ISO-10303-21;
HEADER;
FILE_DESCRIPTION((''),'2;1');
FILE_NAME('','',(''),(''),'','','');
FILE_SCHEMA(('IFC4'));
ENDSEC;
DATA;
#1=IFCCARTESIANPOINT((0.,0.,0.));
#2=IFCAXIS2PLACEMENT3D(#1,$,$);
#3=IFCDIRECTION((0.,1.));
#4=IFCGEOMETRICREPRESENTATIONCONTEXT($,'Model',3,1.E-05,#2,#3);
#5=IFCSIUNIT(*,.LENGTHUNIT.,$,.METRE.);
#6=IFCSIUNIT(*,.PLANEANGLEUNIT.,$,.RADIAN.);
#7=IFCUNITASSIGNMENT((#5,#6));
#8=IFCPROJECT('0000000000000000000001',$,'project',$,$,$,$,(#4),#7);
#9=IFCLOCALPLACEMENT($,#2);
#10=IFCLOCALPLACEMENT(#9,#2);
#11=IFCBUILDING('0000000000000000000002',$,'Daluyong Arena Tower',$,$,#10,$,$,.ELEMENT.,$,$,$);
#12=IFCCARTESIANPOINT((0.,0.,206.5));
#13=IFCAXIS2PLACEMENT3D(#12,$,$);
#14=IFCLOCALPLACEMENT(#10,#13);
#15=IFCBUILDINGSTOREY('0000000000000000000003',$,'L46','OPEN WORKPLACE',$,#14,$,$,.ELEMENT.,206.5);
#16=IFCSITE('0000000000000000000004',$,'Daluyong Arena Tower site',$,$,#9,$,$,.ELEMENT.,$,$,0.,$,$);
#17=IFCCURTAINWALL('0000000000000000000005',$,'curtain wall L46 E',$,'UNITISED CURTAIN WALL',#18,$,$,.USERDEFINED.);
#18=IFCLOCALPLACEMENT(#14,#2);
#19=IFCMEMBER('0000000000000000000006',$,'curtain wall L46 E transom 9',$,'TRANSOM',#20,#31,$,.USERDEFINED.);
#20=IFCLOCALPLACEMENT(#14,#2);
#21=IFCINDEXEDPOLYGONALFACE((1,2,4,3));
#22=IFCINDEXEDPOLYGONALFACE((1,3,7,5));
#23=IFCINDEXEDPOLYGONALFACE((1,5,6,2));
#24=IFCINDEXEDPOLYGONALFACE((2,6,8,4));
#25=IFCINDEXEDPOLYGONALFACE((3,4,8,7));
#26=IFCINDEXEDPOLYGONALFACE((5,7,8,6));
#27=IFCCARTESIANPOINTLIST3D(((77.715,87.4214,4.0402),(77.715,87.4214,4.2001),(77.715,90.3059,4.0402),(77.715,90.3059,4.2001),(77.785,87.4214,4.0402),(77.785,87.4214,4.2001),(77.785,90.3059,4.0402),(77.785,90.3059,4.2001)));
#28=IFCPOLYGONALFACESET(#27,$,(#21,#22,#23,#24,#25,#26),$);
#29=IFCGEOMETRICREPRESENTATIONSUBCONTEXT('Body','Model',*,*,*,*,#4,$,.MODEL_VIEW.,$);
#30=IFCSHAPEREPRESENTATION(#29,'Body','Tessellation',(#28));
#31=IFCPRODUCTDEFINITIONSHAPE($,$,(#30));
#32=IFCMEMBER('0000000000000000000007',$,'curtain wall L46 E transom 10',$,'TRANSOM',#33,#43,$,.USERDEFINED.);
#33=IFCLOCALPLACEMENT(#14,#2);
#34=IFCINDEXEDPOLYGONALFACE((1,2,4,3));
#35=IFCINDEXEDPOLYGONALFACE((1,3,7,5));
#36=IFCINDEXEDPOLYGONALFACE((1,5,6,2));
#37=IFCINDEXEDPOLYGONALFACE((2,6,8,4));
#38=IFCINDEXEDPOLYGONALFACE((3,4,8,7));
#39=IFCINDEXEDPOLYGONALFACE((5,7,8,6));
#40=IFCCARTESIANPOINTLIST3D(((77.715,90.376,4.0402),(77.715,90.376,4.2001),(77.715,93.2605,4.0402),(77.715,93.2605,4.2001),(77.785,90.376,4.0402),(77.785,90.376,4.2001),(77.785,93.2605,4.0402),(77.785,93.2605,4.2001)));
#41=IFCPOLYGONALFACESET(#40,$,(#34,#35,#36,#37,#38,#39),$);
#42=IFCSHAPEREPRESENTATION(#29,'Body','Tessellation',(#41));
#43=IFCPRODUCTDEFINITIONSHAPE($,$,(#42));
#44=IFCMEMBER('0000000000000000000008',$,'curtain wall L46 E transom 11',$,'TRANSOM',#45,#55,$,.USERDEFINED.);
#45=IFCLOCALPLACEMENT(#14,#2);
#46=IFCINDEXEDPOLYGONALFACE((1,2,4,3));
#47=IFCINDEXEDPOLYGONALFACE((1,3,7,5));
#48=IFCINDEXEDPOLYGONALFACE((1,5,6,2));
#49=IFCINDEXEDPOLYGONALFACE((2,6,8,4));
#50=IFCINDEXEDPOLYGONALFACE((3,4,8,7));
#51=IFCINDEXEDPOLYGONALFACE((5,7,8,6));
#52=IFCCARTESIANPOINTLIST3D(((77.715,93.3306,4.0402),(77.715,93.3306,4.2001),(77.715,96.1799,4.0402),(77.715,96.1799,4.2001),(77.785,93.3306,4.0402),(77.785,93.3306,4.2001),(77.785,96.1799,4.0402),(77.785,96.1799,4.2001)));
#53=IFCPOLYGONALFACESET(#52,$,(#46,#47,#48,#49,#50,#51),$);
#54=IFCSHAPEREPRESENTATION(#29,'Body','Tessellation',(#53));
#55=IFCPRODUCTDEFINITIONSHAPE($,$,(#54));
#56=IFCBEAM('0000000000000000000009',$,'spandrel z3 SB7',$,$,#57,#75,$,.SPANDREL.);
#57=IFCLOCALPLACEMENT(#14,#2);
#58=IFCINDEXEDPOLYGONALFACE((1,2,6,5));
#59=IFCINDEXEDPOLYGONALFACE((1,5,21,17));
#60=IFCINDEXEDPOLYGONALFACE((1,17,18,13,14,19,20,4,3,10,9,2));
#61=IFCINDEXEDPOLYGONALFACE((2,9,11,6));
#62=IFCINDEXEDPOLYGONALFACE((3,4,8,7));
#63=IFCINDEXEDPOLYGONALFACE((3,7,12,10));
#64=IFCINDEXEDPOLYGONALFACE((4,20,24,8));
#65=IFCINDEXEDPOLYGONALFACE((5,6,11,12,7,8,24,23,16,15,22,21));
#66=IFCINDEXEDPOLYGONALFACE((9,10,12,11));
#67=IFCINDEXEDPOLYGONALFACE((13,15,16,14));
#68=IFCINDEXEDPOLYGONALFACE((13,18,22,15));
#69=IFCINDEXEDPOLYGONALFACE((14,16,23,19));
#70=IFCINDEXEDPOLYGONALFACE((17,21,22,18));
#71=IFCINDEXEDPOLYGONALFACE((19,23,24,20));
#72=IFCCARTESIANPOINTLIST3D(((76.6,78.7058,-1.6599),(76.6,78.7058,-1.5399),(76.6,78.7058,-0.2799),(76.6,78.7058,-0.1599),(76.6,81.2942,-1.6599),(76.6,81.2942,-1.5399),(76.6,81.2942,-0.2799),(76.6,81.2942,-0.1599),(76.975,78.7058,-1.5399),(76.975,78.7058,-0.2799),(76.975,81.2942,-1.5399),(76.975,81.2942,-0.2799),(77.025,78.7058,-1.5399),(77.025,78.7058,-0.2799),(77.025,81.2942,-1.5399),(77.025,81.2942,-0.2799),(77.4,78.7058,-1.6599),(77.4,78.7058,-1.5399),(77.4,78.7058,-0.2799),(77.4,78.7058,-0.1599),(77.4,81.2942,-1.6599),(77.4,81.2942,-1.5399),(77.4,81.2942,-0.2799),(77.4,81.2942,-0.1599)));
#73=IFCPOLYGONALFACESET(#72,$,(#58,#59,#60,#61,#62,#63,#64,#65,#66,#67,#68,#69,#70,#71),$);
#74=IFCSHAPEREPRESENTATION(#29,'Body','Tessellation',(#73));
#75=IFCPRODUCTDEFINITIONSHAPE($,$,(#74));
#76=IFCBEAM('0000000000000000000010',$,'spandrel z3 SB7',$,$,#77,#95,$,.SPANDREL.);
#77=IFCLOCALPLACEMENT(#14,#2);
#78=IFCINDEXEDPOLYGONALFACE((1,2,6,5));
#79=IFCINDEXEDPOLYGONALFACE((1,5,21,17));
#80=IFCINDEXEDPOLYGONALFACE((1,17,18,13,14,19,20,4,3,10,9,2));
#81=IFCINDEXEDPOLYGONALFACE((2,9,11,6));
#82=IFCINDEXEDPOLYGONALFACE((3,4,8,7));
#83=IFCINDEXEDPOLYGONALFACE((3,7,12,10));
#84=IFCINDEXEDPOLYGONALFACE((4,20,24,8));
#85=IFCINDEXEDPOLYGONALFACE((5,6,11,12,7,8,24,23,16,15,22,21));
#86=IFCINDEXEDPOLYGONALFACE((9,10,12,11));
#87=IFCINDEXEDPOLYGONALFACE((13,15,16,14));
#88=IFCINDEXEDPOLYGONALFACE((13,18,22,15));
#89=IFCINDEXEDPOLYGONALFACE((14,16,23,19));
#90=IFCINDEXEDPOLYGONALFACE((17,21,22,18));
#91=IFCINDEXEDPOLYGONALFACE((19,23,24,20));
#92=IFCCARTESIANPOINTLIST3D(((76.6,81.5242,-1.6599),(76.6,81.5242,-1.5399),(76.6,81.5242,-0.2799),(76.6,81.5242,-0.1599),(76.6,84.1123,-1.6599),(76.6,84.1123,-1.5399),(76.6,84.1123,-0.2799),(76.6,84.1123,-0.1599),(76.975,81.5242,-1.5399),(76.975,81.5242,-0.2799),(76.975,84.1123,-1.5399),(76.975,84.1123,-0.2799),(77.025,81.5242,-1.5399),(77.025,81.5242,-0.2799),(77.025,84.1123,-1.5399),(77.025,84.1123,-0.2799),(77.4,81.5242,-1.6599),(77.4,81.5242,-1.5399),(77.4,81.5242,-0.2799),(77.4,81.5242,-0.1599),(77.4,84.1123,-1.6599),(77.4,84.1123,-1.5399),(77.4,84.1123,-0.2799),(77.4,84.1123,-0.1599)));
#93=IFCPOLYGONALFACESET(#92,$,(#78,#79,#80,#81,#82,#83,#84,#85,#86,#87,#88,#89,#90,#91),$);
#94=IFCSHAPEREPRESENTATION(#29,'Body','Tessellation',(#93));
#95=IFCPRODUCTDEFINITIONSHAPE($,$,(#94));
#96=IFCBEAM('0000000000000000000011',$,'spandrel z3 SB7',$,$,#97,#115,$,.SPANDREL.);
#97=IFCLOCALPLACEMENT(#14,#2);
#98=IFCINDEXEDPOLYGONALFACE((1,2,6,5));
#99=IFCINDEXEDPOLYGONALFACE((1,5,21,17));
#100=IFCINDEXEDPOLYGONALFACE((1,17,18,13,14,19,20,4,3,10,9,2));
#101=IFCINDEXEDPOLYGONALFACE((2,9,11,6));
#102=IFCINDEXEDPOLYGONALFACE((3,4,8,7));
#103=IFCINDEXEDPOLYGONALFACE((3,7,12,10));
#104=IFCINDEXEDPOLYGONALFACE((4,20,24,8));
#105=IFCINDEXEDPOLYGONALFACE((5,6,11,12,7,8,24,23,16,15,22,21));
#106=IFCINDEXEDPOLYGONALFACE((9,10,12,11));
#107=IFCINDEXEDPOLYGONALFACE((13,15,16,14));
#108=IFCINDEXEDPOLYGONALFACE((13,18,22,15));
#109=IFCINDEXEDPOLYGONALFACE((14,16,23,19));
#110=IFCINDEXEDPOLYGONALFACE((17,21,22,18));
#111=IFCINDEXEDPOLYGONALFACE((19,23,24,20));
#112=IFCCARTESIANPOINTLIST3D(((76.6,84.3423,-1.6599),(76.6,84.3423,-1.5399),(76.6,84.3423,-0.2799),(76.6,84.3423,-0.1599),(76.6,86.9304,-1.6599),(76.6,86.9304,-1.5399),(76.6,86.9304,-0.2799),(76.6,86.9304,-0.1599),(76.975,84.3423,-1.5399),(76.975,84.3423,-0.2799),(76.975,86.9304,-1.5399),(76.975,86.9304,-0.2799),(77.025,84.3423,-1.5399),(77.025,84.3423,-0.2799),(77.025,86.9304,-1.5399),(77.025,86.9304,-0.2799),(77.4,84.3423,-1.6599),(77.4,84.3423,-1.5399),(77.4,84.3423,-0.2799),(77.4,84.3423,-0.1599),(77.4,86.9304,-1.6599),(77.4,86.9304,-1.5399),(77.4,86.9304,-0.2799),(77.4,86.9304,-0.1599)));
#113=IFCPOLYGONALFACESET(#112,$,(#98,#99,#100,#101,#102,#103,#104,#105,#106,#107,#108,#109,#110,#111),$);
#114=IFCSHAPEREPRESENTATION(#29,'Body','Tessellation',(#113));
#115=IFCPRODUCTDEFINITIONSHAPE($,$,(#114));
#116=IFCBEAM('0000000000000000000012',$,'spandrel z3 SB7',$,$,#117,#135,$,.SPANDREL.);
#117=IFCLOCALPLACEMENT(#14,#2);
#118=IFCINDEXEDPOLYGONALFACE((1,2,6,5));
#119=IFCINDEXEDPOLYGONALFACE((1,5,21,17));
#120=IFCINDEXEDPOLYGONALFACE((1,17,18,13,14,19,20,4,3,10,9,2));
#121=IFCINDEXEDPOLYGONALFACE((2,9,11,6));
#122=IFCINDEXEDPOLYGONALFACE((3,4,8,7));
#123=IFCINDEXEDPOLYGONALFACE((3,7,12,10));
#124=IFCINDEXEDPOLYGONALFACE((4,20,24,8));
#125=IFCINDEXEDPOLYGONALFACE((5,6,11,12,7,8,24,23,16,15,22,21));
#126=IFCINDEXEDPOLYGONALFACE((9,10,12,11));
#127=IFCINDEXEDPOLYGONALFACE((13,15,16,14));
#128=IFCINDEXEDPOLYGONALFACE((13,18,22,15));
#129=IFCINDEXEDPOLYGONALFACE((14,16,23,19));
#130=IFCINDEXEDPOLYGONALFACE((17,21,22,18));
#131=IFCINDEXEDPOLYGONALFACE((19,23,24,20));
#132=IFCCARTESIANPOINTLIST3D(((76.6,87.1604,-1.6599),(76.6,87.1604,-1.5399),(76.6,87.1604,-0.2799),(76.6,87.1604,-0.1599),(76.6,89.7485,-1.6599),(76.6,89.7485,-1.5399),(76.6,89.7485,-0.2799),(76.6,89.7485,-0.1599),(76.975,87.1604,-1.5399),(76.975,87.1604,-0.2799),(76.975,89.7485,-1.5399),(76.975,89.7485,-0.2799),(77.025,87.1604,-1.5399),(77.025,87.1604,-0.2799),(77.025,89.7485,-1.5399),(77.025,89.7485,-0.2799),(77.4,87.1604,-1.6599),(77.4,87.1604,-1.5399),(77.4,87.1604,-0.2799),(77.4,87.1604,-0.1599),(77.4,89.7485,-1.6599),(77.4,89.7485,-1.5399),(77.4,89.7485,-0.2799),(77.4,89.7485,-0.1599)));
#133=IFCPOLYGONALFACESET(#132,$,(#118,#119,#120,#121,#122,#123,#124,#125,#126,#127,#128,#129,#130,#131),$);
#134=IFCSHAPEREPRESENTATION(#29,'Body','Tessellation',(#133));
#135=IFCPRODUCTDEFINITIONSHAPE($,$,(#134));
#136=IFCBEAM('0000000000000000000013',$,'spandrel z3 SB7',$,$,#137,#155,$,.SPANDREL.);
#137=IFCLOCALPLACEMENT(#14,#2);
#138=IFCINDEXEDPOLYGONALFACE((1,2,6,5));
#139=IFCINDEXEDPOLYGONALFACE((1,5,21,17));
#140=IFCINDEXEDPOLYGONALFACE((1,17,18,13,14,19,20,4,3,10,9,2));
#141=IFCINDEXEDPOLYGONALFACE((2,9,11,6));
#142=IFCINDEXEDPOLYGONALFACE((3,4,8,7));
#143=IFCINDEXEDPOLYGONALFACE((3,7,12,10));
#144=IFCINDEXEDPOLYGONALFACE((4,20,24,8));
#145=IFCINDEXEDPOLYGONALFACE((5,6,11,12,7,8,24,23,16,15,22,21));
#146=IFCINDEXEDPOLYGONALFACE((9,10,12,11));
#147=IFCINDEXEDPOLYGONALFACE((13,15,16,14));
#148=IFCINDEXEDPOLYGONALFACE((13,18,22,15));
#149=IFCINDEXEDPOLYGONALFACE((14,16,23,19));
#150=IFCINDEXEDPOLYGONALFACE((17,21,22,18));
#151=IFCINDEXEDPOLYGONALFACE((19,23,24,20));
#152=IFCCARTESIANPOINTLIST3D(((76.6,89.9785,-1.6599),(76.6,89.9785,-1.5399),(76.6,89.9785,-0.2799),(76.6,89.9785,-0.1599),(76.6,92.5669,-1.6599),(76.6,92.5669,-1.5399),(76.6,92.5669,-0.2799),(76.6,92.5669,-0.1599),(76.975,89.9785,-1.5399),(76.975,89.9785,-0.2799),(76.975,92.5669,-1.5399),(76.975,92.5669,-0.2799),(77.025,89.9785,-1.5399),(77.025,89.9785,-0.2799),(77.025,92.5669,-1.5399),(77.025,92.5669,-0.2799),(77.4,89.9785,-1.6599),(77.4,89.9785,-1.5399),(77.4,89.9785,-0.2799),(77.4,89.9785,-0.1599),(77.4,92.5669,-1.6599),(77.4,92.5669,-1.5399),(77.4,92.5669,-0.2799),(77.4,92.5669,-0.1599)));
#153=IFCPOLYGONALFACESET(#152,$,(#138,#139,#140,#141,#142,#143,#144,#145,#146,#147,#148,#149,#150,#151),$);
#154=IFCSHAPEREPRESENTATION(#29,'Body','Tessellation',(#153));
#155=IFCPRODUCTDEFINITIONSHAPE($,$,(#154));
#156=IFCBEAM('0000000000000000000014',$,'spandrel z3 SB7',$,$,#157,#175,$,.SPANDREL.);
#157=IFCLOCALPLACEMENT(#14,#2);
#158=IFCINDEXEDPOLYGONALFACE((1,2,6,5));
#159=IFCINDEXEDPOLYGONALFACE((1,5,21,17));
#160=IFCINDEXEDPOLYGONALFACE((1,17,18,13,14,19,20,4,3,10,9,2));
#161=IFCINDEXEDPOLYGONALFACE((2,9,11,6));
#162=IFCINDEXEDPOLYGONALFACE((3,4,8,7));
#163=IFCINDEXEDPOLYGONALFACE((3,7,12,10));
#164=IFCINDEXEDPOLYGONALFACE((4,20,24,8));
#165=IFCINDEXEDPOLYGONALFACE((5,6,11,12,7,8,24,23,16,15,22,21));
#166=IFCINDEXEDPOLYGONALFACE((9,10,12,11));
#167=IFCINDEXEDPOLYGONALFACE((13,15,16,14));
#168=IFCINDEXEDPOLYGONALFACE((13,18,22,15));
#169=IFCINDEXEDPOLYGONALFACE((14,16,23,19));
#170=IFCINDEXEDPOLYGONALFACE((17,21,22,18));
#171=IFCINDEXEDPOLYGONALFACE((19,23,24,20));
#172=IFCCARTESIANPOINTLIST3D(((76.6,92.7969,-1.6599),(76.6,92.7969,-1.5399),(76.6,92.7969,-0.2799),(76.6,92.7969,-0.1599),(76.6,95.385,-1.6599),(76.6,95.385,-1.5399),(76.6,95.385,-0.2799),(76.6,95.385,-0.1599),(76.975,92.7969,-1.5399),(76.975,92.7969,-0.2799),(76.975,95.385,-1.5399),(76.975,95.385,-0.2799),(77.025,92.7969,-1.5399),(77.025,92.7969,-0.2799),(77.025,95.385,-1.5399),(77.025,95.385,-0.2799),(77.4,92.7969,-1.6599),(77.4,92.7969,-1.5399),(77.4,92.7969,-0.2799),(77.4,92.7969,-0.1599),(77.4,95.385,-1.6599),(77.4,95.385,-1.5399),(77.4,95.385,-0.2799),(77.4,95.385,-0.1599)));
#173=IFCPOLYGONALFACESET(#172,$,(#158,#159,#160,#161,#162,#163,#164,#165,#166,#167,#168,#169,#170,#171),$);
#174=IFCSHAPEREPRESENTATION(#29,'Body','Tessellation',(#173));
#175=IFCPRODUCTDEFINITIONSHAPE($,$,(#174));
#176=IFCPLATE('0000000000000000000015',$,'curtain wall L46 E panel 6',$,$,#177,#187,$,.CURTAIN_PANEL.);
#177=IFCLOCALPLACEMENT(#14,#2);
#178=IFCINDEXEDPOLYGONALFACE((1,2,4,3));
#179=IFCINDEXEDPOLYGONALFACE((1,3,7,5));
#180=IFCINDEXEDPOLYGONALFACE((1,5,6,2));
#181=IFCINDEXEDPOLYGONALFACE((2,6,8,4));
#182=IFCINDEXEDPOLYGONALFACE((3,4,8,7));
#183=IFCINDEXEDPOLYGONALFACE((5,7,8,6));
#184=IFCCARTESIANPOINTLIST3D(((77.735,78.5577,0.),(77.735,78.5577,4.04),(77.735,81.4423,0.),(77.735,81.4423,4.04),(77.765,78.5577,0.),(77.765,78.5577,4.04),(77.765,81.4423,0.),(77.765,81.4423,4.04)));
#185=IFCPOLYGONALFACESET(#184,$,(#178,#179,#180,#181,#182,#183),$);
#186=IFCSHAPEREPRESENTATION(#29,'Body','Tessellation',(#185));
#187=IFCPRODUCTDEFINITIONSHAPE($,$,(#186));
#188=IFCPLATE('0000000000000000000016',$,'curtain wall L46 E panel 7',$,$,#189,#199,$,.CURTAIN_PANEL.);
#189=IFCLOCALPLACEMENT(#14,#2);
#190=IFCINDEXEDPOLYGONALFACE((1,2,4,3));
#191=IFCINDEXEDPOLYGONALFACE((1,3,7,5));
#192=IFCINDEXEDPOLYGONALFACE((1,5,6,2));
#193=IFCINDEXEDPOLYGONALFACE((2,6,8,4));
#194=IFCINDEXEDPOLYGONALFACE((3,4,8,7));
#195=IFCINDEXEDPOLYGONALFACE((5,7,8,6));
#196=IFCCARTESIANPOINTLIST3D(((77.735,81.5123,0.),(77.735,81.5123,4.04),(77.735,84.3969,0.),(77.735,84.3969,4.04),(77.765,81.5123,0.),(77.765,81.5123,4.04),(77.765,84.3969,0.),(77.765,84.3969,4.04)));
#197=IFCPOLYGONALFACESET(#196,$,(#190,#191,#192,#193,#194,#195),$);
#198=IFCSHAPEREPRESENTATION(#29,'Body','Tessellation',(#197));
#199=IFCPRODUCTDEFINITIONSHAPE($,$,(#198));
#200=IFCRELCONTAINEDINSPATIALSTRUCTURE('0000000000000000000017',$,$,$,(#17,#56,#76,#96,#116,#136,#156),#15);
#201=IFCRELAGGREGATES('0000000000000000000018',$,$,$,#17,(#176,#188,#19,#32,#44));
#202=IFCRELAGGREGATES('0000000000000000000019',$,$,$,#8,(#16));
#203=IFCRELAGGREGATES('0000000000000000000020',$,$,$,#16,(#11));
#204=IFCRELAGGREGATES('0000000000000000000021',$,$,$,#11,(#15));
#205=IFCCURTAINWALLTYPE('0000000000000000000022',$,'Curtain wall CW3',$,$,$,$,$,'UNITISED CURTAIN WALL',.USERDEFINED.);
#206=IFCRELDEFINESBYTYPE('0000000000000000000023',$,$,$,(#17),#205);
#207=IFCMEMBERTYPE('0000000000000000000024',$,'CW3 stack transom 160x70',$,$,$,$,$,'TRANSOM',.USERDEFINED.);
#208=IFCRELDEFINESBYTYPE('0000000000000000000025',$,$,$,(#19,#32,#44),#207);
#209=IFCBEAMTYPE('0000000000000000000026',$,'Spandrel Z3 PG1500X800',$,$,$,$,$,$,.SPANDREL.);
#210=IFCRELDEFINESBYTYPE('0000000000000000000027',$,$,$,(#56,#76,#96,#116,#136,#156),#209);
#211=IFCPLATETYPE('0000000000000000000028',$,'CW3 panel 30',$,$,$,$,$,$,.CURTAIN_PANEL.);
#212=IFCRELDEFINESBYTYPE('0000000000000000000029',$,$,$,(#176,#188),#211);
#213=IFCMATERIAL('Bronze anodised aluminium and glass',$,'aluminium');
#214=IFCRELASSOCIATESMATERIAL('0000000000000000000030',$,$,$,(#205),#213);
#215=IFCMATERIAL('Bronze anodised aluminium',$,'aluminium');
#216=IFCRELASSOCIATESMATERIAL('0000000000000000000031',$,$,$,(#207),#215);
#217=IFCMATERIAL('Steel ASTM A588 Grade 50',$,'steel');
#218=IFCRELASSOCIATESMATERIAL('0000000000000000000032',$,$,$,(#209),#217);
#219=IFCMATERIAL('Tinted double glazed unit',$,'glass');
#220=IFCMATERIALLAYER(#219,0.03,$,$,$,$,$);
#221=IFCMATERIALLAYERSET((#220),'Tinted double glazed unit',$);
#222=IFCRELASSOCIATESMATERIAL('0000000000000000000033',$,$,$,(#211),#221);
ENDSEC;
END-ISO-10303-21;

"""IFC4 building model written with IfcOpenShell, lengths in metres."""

from ifc_helpers import new_model, si_unit, direction, frame, origin, origin_2d, place, context, subcontext, project, spatial, rectangle, i_section, extrude, material, layer, layer_set, material_profile, profile_set, type_object, element, aggregate, save


model = new_model("IFC4")

# Units and contexts
model_context = context("Model", 3, precision=1e-05, world=origin(), true_north=direction((0.0, 1.0)))
body_context = subcontext(model_context, "Body", "Model", "MODEL_VIEW")
ifc_project = project(units=[si_unit("LENGTHUNIT", "METRE"), si_unit("PLANEANGLEUNIT", "RADIAN")], contexts=[model_context])

# Site, building, storey
site_placement = place(None, origin())
site = spatial("IfcSite", under=ifc_project, at=site_placement, Name="Daluyong Arena Tower site", CompositionType="ELEMENT", RefElevation=0.0)
building_placement = place(site_placement, origin())
building = spatial("IfcBuilding", under=site, at=building_placement, Name="Daluyong Arena Tower", CompositionType="ELEMENT")
storey_placement = place(building_placement, frame((0.0, 0.0, 206.5)))
storey = spatial("IfcBuildingStorey", under=building, at=storey_placement, Name="L46", Description="OPEN WORKPLACE", CompositionType="ELEMENT", Elevation=206.5)

# Curtain wall, members
ifc_material_1 = material(Name="Bronze anodised aluminium and glass", Category="aluminium")
curtain_wall_type = type_object("IfcCurtainWallType", Name="Curtain wall CW3", ElementType="UNITISED CURTAIN WALL", PredefinedType="USERDEFINED", material=ifc_material_1)
curtain_wall_placement = place(storey_placement, origin())
curtain_wall = element("IfcCurtainWall", 1, at=curtain_wall_placement, inside=storey, type_object=curtain_wall_type, Name="curtain wall L46 E", ObjectType="UNITISED CURTAIN WALL", PredefinedType="USERDEFINED")
ifc_material_2 = material(Name="Bronze anodised aluminium", Category="aluminium")
ifc_material_profile_1 = material_profile(ifc_material_2, rectangle(XDim=0.0701, YDim=0.1599, at=origin_2d()))
ifc_profile_set_1 = profile_set([ifc_material_profile_1], Name="Bronze anodised aluminium")
member_type_1 = type_object("IfcMemberType", Name="CW3 stack transom 160x70", ElementType="TRANSOM", PredefinedType="USERDEFINED", material=ifc_profile_set_1)
member_1_placement = place(storey_placement, frame((77.75, 87.4214, 4.1201), z_axis=(0.0, 1.0, 0.0), x_axis=(-1.0, 0.0, 0.0)))
member_1 = element("IfcMember", 2, at=member_1_placement, type_object=member_type_1, Name="curtain wall L46 E transom 9", ObjectType="TRANSOM", PredefinedType="USERDEFINED", context=body_context, shape_type="SweptSolid", body=[
    extrude(rectangle(XDim=0.0701, YDim=0.1599, at=origin_2d()), origin(), (0.0, 0.0, 1.0), 2.8845),
])
member_2_placement = place(storey_placement, frame((77.75, 90.376, 4.1201), z_axis=(0.0, 1.0, 0.0), x_axis=(-1.0, 0.0, 0.0)))
member_2 = element("IfcMember", 3, at=member_2_placement, type_object=member_type_1, Name="curtain wall L46 E transom 10", ObjectType="TRANSOM", PredefinedType="USERDEFINED", context=body_context, shape_type="SweptSolid", body=[
    extrude(rectangle(XDim=0.0701, YDim=0.1599, at=origin_2d()), origin(), (0.0, 0.0, 1.0), 2.8845),
])
member_3_placement = place(storey_placement, frame((77.75, 93.3306, 4.1201), z_axis=(0.0, 1.0, 0.0), x_axis=(-1.0, 0.0, 0.0)))
member_3 = element("IfcMember", 4, at=member_3_placement, type_object=member_type_1, Name="curtain wall L46 E transom 11", ObjectType="TRANSOM", PredefinedType="USERDEFINED", context=body_context, shape_type="SweptSolid", body=[
    extrude(rectangle(XDim=0.0701, YDim=0.1599, at=origin_2d()), origin(), (0.0, 0.0, 1.0), 2.8494),
])

# Beams
ifc_material_3 = material(Name="Steel ASTM A588 Grade 50", Category="steel")
ifc_material_profile_2 = material_profile(ifc_material_3, i_section(OverallWidth=0.8, OverallDepth=1.5, WebThickness=0.05, FlangeThickness=0.12, at=origin_2d()))
ifc_profile_set_2 = profile_set([ifc_material_profile_2], Name="Steel ASTM A588 Grade 50")
beam_type = type_object("IfcBeamType", Name="Spandrel Z3 PG1500X800", PredefinedType="SPANDREL", material=ifc_profile_set_2)
beam_1_placement = place(storey_placement, frame((77.0, 78.7058, -0.9099), z_axis=(0.0, 1.0, 0.0), x_axis=(-1.0, 0.0, 0.0)))
element("IfcBeam", 5, at=beam_1_placement, inside=storey, type_object=beam_type, Name="spandrel z3 SB7", PredefinedType="SPANDREL", context=body_context, shape_type="SweptSolid", body=[
    extrude(i_section(OverallWidth=0.8, OverallDepth=1.5, WebThickness=0.05, FlangeThickness=0.12, at=origin_2d()), origin(), (0.0, 0.0, 1.0), 2.5884),
])
for number, where, z_axis, x_axis, name in (
    (6, (77.0, 81.5242, -0.9099), (0.0, 1.0, 0.0), (-1.0, 0.0, 0.0), "spandrel z3 SB7"),
    (7, (77.0, 84.3423, -0.9099), (0.0, 1.0, 0.0), (-1.0, 0.0, 0.0), "spandrel z3 SB7"),
    (8, (77.0, 87.1604, -0.9099), (0.0, 1.0, 0.0), (-1.0, 0.0, 0.0), "spandrel z3 SB7"),
):
    element("IfcBeam", number, at=place(storey_placement, frame(where, z_axis=z_axis, x_axis=x_axis)), inside=storey, type_object=beam_type, Name=name, PredefinedType="SPANDREL", context=body_context, shape_type="SweptSolid", body=[
        extrude(i_section(OverallWidth=0.8, OverallDepth=1.5, WebThickness=0.05, FlangeThickness=0.12, at=origin_2d()), origin(), (0.0, 0.0, 1.0), 2.5881),
    ])
beam_2_placement = place(storey_placement, frame((77.0, 89.9785, -0.9099), z_axis=(0.0, 1.0, 0.0), x_axis=(-1.0, 0.0, 0.0)))
element("IfcBeam", 9, at=beam_2_placement, inside=storey, type_object=beam_type, Name="spandrel z3 SB7", PredefinedType="SPANDREL", context=body_context, shape_type="SweptSolid", body=[
    extrude(i_section(OverallWidth=0.8, OverallDepth=1.5, WebThickness=0.05, FlangeThickness=0.12, at=origin_2d()), origin(), (0.0, 0.0, 1.0), 2.5884),
])
beam_3_placement = place(storey_placement, frame((77.0, 92.7969, -0.9099), z_axis=(0.0, 1.0, 0.0), x_axis=(-1.0, 0.0, 0.0)))
element("IfcBeam", 10, at=beam_3_placement, inside=storey, type_object=beam_type, Name="spandrel z3 SB7", PredefinedType="SPANDREL", context=body_context, shape_type="SweptSolid", body=[
    extrude(i_section(OverallWidth=0.8, OverallDepth=1.5, WebThickness=0.05, FlangeThickness=0.12, at=origin_2d()), origin(), (0.0, 0.0, 1.0), 2.5881),
])

# Plates
ifc_material_4 = material(Name="Tinted double glazed unit", Category="glass")
ifc_layer = layer(ifc_material_4, 0.03)
ifc_layer_set = layer_set([ifc_layer], Name="Tinted double glazed unit")
plate_type = type_object("IfcPlateType", Name="CW3 panel 30", PredefinedType="CURTAIN_PANEL", material=ifc_layer_set)
plate_1_placement = place(storey_placement, frame((77.75, 80.0, 0.0), z_axis=(0.0, 0.0, 1.0), x_axis=(0.0, 1.0, 0.0)))
plate_1 = element("IfcPlate", 11, at=plate_1_placement, type_object=plate_type, Name="curtain wall L46 E panel 6", PredefinedType="CURTAIN_PANEL", context=body_context, shape_type="SweptSolid", body=[
    extrude(rectangle(XDim=2.8845, YDim=0.03, at=origin_2d()), origin(), (0.0, 0.0, 1.0), 4.04),
])
plate_2_placement = place(storey_placement, frame((77.75, 82.9546, 0.0), z_axis=(0.0, 0.0, 1.0), x_axis=(0.0, 1.0, 0.0)))
plate_2 = element("IfcPlate", 12, at=plate_2_placement, type_object=plate_type, Name="curtain wall L46 E panel 7", PredefinedType="CURTAIN_PANEL", context=body_context, shape_type="SweptSolid", body=[
    extrude(rectangle(XDim=2.8845, YDim=0.03, at=origin_2d()), origin(), (0.0, 0.0, 1.0), 4.04),
])
aggregate(curtain_wall, [plate_1, plate_2, member_1, member_2, member_3])

save(model, "model.ifc")
